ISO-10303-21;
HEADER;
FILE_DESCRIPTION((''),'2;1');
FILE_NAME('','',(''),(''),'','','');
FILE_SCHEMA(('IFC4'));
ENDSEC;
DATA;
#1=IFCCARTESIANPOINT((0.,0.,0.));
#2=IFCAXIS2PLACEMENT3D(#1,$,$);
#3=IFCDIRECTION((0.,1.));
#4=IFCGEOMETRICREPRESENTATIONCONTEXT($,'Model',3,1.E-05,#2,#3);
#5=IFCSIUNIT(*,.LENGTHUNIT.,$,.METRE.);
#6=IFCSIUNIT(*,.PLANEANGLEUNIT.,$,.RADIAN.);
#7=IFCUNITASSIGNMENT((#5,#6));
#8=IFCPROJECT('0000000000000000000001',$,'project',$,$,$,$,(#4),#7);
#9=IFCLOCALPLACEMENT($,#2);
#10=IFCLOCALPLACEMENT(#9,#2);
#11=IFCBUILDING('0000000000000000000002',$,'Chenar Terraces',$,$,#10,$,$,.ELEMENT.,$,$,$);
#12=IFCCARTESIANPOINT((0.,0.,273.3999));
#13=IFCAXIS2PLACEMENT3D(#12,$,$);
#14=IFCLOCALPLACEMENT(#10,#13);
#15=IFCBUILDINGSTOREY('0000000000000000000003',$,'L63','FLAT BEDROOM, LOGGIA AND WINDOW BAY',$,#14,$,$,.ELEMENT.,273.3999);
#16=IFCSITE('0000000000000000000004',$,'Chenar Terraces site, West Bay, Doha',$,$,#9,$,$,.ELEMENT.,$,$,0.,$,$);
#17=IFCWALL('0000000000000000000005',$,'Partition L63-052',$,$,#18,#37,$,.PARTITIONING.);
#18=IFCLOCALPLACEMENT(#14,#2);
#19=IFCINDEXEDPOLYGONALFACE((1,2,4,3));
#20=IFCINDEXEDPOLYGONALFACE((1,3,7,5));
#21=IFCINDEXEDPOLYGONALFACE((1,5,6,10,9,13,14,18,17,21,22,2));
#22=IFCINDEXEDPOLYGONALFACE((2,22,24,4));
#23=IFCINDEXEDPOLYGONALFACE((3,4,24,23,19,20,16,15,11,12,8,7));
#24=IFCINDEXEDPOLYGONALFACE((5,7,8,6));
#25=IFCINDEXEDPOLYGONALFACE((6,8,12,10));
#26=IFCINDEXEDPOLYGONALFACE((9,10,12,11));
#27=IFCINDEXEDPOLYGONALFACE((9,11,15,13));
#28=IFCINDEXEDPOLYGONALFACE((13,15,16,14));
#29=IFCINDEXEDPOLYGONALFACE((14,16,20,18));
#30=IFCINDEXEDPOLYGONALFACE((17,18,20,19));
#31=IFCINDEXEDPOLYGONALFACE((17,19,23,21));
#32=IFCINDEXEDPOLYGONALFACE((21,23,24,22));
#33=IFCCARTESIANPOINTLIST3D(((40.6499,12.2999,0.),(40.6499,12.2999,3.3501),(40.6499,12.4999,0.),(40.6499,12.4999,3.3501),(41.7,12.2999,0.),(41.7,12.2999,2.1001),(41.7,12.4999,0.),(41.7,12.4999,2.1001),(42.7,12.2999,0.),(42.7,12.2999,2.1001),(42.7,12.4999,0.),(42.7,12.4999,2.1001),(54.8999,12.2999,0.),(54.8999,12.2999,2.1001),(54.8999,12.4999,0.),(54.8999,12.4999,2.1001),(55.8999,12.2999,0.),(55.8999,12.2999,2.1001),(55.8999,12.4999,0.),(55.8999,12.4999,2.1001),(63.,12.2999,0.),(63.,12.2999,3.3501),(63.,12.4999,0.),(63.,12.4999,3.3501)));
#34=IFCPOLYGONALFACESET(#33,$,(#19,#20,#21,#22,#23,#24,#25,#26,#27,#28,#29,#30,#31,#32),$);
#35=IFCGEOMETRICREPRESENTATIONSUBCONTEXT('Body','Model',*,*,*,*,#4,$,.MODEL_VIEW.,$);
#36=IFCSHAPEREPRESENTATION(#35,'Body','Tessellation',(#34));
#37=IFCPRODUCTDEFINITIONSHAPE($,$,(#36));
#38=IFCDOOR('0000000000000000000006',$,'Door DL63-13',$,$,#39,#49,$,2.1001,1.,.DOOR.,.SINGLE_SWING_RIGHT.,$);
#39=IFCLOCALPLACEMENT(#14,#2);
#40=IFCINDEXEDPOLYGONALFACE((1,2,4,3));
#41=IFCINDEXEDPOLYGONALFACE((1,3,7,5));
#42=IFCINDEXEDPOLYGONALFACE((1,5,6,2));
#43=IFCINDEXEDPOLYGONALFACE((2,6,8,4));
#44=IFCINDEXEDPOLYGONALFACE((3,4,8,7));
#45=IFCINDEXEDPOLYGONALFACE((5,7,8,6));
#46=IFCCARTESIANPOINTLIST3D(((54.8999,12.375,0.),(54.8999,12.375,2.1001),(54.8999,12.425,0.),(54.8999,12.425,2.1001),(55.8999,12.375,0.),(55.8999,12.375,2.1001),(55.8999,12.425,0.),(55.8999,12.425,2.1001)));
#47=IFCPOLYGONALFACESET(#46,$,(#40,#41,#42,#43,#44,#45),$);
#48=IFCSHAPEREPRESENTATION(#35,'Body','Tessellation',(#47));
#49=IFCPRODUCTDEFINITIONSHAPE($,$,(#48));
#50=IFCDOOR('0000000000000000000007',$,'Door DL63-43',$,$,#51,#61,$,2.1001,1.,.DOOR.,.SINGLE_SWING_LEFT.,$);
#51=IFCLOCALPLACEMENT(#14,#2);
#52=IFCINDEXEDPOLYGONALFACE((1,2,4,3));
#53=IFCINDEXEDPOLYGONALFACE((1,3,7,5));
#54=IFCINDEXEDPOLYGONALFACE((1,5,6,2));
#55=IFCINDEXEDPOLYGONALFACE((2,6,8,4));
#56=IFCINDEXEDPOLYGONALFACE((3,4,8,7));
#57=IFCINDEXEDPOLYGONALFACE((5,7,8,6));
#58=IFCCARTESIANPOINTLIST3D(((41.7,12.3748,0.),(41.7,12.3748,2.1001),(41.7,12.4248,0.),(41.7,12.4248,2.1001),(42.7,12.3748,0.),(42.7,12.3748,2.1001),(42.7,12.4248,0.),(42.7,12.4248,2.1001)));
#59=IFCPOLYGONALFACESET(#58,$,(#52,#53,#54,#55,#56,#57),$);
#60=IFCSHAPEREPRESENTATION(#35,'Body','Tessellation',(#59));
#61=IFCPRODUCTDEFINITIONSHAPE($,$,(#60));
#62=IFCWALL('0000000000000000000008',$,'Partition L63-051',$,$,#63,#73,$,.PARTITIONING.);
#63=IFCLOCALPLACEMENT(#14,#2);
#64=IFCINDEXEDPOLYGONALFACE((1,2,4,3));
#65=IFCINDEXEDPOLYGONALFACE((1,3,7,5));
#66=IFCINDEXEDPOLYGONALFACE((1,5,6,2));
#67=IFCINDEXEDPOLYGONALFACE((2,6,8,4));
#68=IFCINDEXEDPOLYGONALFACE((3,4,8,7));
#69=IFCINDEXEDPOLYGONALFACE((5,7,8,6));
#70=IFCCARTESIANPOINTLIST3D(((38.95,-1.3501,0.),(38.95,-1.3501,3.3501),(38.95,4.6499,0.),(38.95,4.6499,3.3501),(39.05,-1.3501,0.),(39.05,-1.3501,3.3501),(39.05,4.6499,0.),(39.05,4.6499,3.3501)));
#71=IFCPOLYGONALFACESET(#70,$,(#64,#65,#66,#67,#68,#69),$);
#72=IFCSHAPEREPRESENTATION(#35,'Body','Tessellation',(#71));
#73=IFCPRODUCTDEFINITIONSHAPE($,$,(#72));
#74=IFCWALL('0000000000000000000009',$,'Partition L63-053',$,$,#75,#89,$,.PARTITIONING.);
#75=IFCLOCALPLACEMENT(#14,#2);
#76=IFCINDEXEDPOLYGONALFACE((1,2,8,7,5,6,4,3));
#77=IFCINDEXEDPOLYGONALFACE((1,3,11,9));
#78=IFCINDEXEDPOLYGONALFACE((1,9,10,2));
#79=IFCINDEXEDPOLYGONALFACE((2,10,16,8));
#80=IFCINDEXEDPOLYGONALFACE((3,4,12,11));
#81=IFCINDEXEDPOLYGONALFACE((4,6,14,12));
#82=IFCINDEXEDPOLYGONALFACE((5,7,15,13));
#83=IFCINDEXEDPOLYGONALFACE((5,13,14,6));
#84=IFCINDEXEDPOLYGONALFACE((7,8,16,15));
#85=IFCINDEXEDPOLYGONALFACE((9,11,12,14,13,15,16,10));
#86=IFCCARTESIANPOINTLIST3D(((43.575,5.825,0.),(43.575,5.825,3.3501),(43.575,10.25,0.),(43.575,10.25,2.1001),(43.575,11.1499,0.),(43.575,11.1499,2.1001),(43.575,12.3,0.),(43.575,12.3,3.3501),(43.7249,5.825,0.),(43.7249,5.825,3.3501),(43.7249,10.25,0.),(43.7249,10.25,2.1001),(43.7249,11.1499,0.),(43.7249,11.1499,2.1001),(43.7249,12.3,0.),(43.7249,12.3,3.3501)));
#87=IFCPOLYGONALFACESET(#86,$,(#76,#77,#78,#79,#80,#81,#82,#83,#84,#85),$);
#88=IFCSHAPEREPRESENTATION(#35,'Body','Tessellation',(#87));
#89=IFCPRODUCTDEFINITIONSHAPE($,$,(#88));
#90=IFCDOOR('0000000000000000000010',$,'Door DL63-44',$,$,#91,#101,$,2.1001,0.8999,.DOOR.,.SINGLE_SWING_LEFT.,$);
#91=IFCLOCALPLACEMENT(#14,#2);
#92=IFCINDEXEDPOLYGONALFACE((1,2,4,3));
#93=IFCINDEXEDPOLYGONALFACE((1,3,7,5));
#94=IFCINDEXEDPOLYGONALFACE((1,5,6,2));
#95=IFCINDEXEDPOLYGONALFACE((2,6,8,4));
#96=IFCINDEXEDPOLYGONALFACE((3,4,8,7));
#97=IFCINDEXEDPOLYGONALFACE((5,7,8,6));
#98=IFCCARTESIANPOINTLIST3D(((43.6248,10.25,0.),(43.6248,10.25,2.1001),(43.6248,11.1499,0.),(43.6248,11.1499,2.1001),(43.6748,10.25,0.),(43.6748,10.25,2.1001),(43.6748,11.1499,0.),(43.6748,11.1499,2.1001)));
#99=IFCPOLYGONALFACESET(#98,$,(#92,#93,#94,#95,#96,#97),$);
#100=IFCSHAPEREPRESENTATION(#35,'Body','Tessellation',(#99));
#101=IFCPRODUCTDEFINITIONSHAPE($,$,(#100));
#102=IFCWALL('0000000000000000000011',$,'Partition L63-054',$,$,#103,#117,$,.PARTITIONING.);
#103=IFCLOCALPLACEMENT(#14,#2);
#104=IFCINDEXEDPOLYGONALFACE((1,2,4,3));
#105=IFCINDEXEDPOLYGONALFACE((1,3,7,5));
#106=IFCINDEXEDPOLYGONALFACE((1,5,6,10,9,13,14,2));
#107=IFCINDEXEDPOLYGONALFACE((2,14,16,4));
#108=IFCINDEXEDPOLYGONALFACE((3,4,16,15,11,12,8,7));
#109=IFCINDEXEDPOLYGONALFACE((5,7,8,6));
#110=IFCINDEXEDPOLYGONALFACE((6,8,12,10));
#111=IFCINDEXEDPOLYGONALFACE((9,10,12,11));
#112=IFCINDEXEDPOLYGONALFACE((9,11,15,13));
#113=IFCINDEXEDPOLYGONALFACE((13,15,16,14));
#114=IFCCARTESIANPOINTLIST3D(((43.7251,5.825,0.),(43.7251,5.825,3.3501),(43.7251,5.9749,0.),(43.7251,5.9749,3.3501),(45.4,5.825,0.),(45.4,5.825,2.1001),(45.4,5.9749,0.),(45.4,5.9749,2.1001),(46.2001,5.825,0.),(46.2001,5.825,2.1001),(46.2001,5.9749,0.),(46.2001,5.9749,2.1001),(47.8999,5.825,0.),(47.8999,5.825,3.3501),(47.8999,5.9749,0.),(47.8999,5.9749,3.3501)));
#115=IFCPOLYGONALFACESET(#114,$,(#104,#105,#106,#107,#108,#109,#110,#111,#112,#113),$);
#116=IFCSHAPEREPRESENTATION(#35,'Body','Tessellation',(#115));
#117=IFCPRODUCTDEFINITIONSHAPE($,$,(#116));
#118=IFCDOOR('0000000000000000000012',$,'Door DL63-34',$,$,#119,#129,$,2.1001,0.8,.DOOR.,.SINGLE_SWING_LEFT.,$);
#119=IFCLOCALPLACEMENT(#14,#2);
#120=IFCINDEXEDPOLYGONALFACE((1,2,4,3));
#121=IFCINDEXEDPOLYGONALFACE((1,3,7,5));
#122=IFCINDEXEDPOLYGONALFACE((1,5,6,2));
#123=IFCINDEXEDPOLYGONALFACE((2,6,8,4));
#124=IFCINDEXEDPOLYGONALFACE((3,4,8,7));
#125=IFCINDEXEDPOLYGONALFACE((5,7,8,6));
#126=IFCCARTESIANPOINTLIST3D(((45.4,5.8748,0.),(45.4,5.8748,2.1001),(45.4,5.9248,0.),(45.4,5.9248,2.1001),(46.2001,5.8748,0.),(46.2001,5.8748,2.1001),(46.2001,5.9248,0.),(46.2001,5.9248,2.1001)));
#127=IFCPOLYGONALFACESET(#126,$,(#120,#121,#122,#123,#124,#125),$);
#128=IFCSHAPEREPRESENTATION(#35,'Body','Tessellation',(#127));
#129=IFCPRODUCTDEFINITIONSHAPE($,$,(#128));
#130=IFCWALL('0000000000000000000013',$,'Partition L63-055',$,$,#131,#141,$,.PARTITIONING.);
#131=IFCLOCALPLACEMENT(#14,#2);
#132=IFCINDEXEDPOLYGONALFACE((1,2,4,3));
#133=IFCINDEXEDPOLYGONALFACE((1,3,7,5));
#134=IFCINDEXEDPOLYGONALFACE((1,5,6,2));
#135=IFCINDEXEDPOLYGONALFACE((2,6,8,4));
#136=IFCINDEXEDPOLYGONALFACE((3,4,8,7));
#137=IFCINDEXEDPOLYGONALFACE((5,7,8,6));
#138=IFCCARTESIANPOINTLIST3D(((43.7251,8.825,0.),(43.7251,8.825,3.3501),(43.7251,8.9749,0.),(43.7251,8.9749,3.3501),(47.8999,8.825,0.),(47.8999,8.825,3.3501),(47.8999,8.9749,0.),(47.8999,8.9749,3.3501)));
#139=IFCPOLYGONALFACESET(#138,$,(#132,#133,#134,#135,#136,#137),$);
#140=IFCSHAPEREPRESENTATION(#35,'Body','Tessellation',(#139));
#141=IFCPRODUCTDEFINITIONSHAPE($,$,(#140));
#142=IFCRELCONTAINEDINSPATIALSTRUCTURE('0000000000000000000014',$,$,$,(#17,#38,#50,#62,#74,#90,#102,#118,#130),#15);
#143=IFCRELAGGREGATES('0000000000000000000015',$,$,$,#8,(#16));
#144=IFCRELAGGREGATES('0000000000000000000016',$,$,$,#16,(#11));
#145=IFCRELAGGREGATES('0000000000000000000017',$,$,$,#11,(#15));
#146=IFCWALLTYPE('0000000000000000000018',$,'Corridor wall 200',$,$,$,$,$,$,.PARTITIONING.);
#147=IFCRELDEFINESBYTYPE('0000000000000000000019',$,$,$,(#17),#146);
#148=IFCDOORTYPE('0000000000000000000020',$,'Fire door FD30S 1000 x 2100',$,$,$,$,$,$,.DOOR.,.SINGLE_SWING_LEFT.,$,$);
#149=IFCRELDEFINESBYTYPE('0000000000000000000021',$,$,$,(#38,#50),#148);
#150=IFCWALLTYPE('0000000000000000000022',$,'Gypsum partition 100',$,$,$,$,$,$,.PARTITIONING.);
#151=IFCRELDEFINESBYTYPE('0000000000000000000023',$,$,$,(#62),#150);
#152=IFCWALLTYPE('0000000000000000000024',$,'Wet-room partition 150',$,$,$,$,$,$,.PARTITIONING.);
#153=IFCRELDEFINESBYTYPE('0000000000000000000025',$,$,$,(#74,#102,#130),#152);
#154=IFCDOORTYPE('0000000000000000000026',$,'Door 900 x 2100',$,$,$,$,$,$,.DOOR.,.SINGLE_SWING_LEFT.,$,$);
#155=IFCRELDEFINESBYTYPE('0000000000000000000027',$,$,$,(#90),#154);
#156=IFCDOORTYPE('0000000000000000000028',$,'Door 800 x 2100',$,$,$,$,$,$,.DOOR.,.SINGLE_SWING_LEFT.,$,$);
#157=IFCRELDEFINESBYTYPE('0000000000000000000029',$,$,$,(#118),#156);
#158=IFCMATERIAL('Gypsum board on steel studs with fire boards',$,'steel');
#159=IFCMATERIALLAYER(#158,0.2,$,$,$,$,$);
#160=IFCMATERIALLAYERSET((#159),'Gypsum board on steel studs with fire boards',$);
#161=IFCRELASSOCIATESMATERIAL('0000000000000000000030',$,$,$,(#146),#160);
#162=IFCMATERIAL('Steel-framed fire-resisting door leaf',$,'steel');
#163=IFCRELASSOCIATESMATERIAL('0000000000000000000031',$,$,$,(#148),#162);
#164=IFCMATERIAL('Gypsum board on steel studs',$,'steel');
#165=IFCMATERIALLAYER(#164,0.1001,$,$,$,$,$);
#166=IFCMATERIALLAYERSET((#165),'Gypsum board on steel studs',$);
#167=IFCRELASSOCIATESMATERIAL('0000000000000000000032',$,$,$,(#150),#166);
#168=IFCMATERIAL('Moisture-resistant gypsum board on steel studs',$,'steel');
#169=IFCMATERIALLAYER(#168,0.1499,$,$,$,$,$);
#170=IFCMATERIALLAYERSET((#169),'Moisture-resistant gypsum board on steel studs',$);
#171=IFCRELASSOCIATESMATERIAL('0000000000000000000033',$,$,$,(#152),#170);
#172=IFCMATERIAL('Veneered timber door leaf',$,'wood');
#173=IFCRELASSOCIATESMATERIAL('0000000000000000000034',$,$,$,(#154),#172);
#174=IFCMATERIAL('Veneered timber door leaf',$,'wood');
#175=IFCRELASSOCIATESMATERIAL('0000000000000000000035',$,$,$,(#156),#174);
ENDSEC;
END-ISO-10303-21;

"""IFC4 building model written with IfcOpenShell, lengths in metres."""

from ifc_helpers import new_model, si_unit, direction, frame, frame_2d, origin, place, context, subcontext, project, spatial, rectangle, extrude, material, layer, layer_set, type_object, element, fill, save


model = new_model("IFC4")

# Units and contexts
model_context = context("Model", 3, precision=1e-05, world=origin(), true_north=direction((0.0, 1.0)))
body_context = subcontext(model_context, "Body", "Model", "MODEL_VIEW")
ifc_project = project(units=[si_unit("LENGTHUNIT", "METRE"), si_unit("PLANEANGLEUNIT", "RADIAN")], contexts=[model_context])

# Site, building, storey
site_placement = place(None, origin())
site = spatial("IfcSite", under=ifc_project, at=site_placement, Name="Chenar Terraces site, West Bay, Doha", CompositionType="ELEMENT", RefElevation=0.0)
building_placement = place(site_placement, origin())
building = spatial("IfcBuilding", under=site, at=building_placement, Name="Chenar Terraces", CompositionType="ELEMENT")
storey_placement = place(building_placement, frame((0.0, 0.0, 273.3999)))
storey = spatial("IfcBuildingStorey", under=building, at=storey_placement, Name="L63", Description="FLAT BEDROOM, LOGGIA AND WINDOW BAY", CompositionType="ELEMENT", Elevation=273.3999)

# Wall, openings, doors
ifc_material_1 = material(Name="Gypsum board on steel studs with fire boards", Category="steel")
ifc_layer_1 = layer(ifc_material_1, 0.2)
ifc_layer_set_1 = layer_set([ifc_layer_1], Name="Gypsum board on steel studs with fire boards")
wall_type_1 = type_object("IfcWallType", Name="Corridor wall 200", PredefinedType="PARTITIONING", material=ifc_layer_set_1)
wall_1_placement = place(storey_placement, frame((40.6499, 12.3999, 0.0), z_axis=(0.0, 0.0, 1.0), x_axis=(1.0, 0.0, 0.0)))
wall_1 = element("IfcWall", 1, at=wall_1_placement, inside=storey, type_object=wall_type_1, Name="Partition L63-052", PredefinedType="PARTITIONING", context=body_context, shape_type="SweptSolid", body=[
    extrude(rectangle(XDim=22.3501, YDim=0.2, at=frame_2d((11.175, 0.0))), origin(), (0.0, 0.0, 1.0), 3.3501),
])
opening_1_placement = place(wall_1_placement, frame((14.25, 0.0, 0.0)))
opening_1 = element("IfcOpeningElement", 2, at=opening_1_placement, cuts=wall_1, PredefinedType="OPENING", context=body_context, shape_type="SweptSolid", body=[
    extrude(rectangle(XDim=1.0, YDim=2.1001, at=frame_2d((0.5, 1.05))), frame((0.0, 0.1099, 0.0), z_axis=(0.0, -1.0, 0.0), x_axis=(1.0, 0.0, 0.0)), (0.0, 0.0, 1.0), 0.22),
])
opening_2_placement = place(wall_1_placement, frame((1.05, 0.0, 0.0)))
opening_2 = element("IfcOpeningElement", 3, at=opening_2_placement, cuts=wall_1, PredefinedType="OPENING", context=body_context, shape_type="SweptSolid", body=[
    extrude(rectangle(XDim=1.0, YDim=2.1001, at=frame_2d((0.5, 1.05))), frame((0.0, 0.1099, 0.0), z_axis=(0.0, -1.0, 0.0), x_axis=(1.0, 0.0, 0.0)), (0.0, 0.0, 1.0), 0.22),
])
ifc_material_2 = material(Name="Steel-framed fire-resisting door leaf", Category="steel")
door_type_1 = type_object("IfcDoorType", Name="Fire door FD30S 1000 x 2100", OperationType="SINGLE_SWING_LEFT", PredefinedType="DOOR", material=ifc_material_2)
door_1_placement = place(opening_1_placement, frame((1.0, 0.0, 0.0), z_axis=(0.0, 0.0, 1.0), x_axis=(-1.0, 0.0, 0.0)))
door_1 = element("IfcDoor", 4, at=door_1_placement, inside=storey, type_object=door_type_1, Name="Door DL63-13", OperationType="SINGLE_SWING_RIGHT", OverallHeight=2.1001, OverallWidth=1.0, PredefinedType="DOOR", context=body_context, shape_type="SweptSolid", body=[
    extrude(rectangle(XDim=1.0, YDim=2.1001, at=frame_2d((0.5, 1.05))), frame((0.0, 0.0249, 0.0), z_axis=(0.0, -1.0, 0.0), x_axis=(1.0, 0.0, 0.0)), (0.0, 0.0, 1.0), 0.05),
])
fill(opening_1, door_1)
door_2_placement = place(opening_2_placement, origin())
door_2 = element("IfcDoor", 5, at=door_2_placement, inside=storey, type_object=door_type_1, Name="Door DL63-43", OperationType="SINGLE_SWING_LEFT", OverallHeight=2.1001, OverallWidth=1.0, PredefinedType="DOOR", context=body_context, shape_type="SweptSolid", body=[
    extrude(rectangle(XDim=1.0, YDim=2.1001, at=frame_2d((0.5, 1.05))), frame((0.0, 0.0249, 0.0), z_axis=(0.0, -1.0, 0.0), x_axis=(1.0, 0.0, 0.0)), (0.0, 0.0, 1.0), 0.05),
])
fill(opening_2, door_2)

# Wall
ifc_material_3 = material(Name="Gypsum board on steel studs", Category="steel")
ifc_layer_2 = layer(ifc_material_3, 0.1001)
ifc_layer_set_2 = layer_set([ifc_layer_2], Name="Gypsum board on steel studs")
wall_type_2 = type_object("IfcWallType", Name="Gypsum partition 100", PredefinedType="PARTITIONING", material=ifc_layer_set_2)
wall_2_placement = place(storey_placement, frame((39.0, -1.3501, 0.0), z_axis=(0.0, 0.0, 1.0), x_axis=(0.0, 1.0, 0.0)))
element("IfcWall", 6, at=wall_2_placement, inside=storey, type_object=wall_type_2, Name="Partition L63-051", PredefinedType="PARTITIONING", context=body_context, shape_type="SweptSolid", body=[
    extrude(rectangle(XDim=6.0, YDim=0.1001, at=frame_2d((3.0, 0.0))), origin(), (0.0, 0.0, 1.0), 3.3501),
])

# Walls, openings, doors
ifc_material_4 = material(Name="Moisture-resistant gypsum board on steel studs", Category="steel")
ifc_layer_3 = layer(ifc_material_4, 0.1499)
ifc_layer_set_3 = layer_set([ifc_layer_3], Name="Moisture-resistant gypsum board on steel studs")
wall_type_3 = type_object("IfcWallType", Name="Wet-room partition 150", PredefinedType="PARTITIONING", material=ifc_layer_set_3)
wall_3_placement = place(storey_placement, frame((43.6499, 5.825, 0.0), z_axis=(0.0, 0.0, 1.0), x_axis=(0.0, 1.0, 0.0)))
wall_3 = element("IfcWall", 7, at=wall_3_placement, inside=storey, type_object=wall_type_3, Name="Partition L63-053", PredefinedType="PARTITIONING", context=body_context, shape_type="SweptSolid", body=[
    extrude(rectangle(XDim=6.4751, YDim=0.1499, at=frame_2d((3.2375, 0.0))), origin(), (0.0, 0.0, 1.0), 3.3501),
])
opening_3_placement = place(wall_3_placement, frame((4.425, 0.0, 0.0)))
opening_3 = element("IfcOpeningElement", 8, at=opening_3_placement, cuts=wall_3, PredefinedType="OPENING", context=body_context, shape_type="SweptSolid", body=[
    extrude(rectangle(XDim=0.8999, YDim=2.1001, at=frame_2d((0.45, 1.05))), frame((0.0, 0.085, 0.0), z_axis=(0.0, -1.0, 0.0), x_axis=(1.0, 0.0, 0.0)), (0.0, 0.0, 1.0), 0.1699),
])
ifc_material_5 = material(Name="Veneered timber door leaf", Category="wood")
door_type_2 = type_object("IfcDoorType", Name="Door 900 x 2100", OperationType="SINGLE_SWING_LEFT", PredefinedType="DOOR", material=ifc_material_5)
door_3_placement = place(opening_3_placement, frame((0.8999, 0.0, 0.0), z_axis=(0.0, 0.0, 1.0), x_axis=(-1.0, 0.0, 0.0)))
door_3 = element("IfcDoor", 9, at=door_3_placement, inside=storey, type_object=door_type_2, Name="Door DL63-44", OperationType="SINGLE_SWING_LEFT", OverallHeight=2.1001, OverallWidth=0.8999, PredefinedType="DOOR", context=body_context, shape_type="SweptSolid", body=[
    extrude(rectangle(XDim=0.8999, YDim=2.1001, at=frame_2d((0.45, 1.05))), frame((0.0, 0.0249, 0.0), z_axis=(0.0, -1.0, 0.0), x_axis=(1.0, 0.0, 0.0)), (0.0, 0.0, 1.0), 0.05),
])
fill(opening_3, door_3)
wall_4_placement = place(storey_placement, frame((43.7251, 5.8999, 0.0), z_axis=(0.0, 0.0, 1.0), x_axis=(1.0, 0.0, 0.0)))
wall_4 = element("IfcWall", 10, at=wall_4_placement, inside=storey, type_object=wall_type_3, Name="Partition L63-054", PredefinedType="PARTITIONING", context=body_context, shape_type="SweptSolid", body=[
    extrude(rectangle(XDim=4.1748, YDim=0.1499, at=frame_2d((2.0874, 0.0))), origin(), (0.0, 0.0, 1.0), 3.3501),
])
opening_4_placement = place(wall_4_placement, frame((1.675, 0.0, 0.0)))
opening_4 = element("IfcOpeningElement", 11, at=opening_4_placement, cuts=wall_4, PredefinedType="OPENING", context=body_context, shape_type="SweptSolid", body=[
    extrude(rectangle(XDim=0.8, YDim=2.1001, at=frame_2d((0.3999, 1.05))), frame((0.0, 0.085, 0.0), z_axis=(0.0, -1.0, 0.0), x_axis=(1.0, 0.0, 0.0)), (0.0, 0.0, 1.0), 0.1699),
])
ifc_material_6 = material(Name="Veneered timber door leaf", Category="wood")
door_type_3 = type_object("IfcDoorType", Name="Door 800 x 2100", OperationType="SINGLE_SWING_LEFT", PredefinedType="DOOR", material=ifc_material_6)
door_4_placement = place(opening_4_placement, origin())
door_4 = element("IfcDoor", 12, at=door_4_placement, inside=storey, type_object=door_type_3, Name="Door DL63-34", OperationType="SINGLE_SWING_LEFT", OverallHeight=2.1001, OverallWidth=0.8, PredefinedType="DOOR", context=body_context, shape_type="SweptSolid", body=[
    extrude(rectangle(XDim=0.8, YDim=2.1001, at=frame_2d((0.3999, 1.05))), frame((0.0, 0.0249, 0.0), z_axis=(0.0, -1.0, 0.0), x_axis=(1.0, 0.0, 0.0)), (0.0, 0.0, 1.0), 0.05),
])
fill(opening_4, door_4)

# Wall
wall_5_placement = place(storey_placement, frame((43.7251, 8.8999, 0.0), z_axis=(0.0, 0.0, 1.0), x_axis=(1.0, 0.0, 0.0)))
element("IfcWall", 13, at=wall_5_placement, inside=storey, type_object=wall_type_3, Name="Partition L63-055", PredefinedType="PARTITIONING", context=body_context, shape_type="SweptSolid", body=[
    extrude(rectangle(XDim=4.1748, YDim=0.1499, at=frame_2d((2.0874, 0.0))), origin(), (0.0, 0.0, 1.0), 3.3501),
])

save(model, "model.ifc")
